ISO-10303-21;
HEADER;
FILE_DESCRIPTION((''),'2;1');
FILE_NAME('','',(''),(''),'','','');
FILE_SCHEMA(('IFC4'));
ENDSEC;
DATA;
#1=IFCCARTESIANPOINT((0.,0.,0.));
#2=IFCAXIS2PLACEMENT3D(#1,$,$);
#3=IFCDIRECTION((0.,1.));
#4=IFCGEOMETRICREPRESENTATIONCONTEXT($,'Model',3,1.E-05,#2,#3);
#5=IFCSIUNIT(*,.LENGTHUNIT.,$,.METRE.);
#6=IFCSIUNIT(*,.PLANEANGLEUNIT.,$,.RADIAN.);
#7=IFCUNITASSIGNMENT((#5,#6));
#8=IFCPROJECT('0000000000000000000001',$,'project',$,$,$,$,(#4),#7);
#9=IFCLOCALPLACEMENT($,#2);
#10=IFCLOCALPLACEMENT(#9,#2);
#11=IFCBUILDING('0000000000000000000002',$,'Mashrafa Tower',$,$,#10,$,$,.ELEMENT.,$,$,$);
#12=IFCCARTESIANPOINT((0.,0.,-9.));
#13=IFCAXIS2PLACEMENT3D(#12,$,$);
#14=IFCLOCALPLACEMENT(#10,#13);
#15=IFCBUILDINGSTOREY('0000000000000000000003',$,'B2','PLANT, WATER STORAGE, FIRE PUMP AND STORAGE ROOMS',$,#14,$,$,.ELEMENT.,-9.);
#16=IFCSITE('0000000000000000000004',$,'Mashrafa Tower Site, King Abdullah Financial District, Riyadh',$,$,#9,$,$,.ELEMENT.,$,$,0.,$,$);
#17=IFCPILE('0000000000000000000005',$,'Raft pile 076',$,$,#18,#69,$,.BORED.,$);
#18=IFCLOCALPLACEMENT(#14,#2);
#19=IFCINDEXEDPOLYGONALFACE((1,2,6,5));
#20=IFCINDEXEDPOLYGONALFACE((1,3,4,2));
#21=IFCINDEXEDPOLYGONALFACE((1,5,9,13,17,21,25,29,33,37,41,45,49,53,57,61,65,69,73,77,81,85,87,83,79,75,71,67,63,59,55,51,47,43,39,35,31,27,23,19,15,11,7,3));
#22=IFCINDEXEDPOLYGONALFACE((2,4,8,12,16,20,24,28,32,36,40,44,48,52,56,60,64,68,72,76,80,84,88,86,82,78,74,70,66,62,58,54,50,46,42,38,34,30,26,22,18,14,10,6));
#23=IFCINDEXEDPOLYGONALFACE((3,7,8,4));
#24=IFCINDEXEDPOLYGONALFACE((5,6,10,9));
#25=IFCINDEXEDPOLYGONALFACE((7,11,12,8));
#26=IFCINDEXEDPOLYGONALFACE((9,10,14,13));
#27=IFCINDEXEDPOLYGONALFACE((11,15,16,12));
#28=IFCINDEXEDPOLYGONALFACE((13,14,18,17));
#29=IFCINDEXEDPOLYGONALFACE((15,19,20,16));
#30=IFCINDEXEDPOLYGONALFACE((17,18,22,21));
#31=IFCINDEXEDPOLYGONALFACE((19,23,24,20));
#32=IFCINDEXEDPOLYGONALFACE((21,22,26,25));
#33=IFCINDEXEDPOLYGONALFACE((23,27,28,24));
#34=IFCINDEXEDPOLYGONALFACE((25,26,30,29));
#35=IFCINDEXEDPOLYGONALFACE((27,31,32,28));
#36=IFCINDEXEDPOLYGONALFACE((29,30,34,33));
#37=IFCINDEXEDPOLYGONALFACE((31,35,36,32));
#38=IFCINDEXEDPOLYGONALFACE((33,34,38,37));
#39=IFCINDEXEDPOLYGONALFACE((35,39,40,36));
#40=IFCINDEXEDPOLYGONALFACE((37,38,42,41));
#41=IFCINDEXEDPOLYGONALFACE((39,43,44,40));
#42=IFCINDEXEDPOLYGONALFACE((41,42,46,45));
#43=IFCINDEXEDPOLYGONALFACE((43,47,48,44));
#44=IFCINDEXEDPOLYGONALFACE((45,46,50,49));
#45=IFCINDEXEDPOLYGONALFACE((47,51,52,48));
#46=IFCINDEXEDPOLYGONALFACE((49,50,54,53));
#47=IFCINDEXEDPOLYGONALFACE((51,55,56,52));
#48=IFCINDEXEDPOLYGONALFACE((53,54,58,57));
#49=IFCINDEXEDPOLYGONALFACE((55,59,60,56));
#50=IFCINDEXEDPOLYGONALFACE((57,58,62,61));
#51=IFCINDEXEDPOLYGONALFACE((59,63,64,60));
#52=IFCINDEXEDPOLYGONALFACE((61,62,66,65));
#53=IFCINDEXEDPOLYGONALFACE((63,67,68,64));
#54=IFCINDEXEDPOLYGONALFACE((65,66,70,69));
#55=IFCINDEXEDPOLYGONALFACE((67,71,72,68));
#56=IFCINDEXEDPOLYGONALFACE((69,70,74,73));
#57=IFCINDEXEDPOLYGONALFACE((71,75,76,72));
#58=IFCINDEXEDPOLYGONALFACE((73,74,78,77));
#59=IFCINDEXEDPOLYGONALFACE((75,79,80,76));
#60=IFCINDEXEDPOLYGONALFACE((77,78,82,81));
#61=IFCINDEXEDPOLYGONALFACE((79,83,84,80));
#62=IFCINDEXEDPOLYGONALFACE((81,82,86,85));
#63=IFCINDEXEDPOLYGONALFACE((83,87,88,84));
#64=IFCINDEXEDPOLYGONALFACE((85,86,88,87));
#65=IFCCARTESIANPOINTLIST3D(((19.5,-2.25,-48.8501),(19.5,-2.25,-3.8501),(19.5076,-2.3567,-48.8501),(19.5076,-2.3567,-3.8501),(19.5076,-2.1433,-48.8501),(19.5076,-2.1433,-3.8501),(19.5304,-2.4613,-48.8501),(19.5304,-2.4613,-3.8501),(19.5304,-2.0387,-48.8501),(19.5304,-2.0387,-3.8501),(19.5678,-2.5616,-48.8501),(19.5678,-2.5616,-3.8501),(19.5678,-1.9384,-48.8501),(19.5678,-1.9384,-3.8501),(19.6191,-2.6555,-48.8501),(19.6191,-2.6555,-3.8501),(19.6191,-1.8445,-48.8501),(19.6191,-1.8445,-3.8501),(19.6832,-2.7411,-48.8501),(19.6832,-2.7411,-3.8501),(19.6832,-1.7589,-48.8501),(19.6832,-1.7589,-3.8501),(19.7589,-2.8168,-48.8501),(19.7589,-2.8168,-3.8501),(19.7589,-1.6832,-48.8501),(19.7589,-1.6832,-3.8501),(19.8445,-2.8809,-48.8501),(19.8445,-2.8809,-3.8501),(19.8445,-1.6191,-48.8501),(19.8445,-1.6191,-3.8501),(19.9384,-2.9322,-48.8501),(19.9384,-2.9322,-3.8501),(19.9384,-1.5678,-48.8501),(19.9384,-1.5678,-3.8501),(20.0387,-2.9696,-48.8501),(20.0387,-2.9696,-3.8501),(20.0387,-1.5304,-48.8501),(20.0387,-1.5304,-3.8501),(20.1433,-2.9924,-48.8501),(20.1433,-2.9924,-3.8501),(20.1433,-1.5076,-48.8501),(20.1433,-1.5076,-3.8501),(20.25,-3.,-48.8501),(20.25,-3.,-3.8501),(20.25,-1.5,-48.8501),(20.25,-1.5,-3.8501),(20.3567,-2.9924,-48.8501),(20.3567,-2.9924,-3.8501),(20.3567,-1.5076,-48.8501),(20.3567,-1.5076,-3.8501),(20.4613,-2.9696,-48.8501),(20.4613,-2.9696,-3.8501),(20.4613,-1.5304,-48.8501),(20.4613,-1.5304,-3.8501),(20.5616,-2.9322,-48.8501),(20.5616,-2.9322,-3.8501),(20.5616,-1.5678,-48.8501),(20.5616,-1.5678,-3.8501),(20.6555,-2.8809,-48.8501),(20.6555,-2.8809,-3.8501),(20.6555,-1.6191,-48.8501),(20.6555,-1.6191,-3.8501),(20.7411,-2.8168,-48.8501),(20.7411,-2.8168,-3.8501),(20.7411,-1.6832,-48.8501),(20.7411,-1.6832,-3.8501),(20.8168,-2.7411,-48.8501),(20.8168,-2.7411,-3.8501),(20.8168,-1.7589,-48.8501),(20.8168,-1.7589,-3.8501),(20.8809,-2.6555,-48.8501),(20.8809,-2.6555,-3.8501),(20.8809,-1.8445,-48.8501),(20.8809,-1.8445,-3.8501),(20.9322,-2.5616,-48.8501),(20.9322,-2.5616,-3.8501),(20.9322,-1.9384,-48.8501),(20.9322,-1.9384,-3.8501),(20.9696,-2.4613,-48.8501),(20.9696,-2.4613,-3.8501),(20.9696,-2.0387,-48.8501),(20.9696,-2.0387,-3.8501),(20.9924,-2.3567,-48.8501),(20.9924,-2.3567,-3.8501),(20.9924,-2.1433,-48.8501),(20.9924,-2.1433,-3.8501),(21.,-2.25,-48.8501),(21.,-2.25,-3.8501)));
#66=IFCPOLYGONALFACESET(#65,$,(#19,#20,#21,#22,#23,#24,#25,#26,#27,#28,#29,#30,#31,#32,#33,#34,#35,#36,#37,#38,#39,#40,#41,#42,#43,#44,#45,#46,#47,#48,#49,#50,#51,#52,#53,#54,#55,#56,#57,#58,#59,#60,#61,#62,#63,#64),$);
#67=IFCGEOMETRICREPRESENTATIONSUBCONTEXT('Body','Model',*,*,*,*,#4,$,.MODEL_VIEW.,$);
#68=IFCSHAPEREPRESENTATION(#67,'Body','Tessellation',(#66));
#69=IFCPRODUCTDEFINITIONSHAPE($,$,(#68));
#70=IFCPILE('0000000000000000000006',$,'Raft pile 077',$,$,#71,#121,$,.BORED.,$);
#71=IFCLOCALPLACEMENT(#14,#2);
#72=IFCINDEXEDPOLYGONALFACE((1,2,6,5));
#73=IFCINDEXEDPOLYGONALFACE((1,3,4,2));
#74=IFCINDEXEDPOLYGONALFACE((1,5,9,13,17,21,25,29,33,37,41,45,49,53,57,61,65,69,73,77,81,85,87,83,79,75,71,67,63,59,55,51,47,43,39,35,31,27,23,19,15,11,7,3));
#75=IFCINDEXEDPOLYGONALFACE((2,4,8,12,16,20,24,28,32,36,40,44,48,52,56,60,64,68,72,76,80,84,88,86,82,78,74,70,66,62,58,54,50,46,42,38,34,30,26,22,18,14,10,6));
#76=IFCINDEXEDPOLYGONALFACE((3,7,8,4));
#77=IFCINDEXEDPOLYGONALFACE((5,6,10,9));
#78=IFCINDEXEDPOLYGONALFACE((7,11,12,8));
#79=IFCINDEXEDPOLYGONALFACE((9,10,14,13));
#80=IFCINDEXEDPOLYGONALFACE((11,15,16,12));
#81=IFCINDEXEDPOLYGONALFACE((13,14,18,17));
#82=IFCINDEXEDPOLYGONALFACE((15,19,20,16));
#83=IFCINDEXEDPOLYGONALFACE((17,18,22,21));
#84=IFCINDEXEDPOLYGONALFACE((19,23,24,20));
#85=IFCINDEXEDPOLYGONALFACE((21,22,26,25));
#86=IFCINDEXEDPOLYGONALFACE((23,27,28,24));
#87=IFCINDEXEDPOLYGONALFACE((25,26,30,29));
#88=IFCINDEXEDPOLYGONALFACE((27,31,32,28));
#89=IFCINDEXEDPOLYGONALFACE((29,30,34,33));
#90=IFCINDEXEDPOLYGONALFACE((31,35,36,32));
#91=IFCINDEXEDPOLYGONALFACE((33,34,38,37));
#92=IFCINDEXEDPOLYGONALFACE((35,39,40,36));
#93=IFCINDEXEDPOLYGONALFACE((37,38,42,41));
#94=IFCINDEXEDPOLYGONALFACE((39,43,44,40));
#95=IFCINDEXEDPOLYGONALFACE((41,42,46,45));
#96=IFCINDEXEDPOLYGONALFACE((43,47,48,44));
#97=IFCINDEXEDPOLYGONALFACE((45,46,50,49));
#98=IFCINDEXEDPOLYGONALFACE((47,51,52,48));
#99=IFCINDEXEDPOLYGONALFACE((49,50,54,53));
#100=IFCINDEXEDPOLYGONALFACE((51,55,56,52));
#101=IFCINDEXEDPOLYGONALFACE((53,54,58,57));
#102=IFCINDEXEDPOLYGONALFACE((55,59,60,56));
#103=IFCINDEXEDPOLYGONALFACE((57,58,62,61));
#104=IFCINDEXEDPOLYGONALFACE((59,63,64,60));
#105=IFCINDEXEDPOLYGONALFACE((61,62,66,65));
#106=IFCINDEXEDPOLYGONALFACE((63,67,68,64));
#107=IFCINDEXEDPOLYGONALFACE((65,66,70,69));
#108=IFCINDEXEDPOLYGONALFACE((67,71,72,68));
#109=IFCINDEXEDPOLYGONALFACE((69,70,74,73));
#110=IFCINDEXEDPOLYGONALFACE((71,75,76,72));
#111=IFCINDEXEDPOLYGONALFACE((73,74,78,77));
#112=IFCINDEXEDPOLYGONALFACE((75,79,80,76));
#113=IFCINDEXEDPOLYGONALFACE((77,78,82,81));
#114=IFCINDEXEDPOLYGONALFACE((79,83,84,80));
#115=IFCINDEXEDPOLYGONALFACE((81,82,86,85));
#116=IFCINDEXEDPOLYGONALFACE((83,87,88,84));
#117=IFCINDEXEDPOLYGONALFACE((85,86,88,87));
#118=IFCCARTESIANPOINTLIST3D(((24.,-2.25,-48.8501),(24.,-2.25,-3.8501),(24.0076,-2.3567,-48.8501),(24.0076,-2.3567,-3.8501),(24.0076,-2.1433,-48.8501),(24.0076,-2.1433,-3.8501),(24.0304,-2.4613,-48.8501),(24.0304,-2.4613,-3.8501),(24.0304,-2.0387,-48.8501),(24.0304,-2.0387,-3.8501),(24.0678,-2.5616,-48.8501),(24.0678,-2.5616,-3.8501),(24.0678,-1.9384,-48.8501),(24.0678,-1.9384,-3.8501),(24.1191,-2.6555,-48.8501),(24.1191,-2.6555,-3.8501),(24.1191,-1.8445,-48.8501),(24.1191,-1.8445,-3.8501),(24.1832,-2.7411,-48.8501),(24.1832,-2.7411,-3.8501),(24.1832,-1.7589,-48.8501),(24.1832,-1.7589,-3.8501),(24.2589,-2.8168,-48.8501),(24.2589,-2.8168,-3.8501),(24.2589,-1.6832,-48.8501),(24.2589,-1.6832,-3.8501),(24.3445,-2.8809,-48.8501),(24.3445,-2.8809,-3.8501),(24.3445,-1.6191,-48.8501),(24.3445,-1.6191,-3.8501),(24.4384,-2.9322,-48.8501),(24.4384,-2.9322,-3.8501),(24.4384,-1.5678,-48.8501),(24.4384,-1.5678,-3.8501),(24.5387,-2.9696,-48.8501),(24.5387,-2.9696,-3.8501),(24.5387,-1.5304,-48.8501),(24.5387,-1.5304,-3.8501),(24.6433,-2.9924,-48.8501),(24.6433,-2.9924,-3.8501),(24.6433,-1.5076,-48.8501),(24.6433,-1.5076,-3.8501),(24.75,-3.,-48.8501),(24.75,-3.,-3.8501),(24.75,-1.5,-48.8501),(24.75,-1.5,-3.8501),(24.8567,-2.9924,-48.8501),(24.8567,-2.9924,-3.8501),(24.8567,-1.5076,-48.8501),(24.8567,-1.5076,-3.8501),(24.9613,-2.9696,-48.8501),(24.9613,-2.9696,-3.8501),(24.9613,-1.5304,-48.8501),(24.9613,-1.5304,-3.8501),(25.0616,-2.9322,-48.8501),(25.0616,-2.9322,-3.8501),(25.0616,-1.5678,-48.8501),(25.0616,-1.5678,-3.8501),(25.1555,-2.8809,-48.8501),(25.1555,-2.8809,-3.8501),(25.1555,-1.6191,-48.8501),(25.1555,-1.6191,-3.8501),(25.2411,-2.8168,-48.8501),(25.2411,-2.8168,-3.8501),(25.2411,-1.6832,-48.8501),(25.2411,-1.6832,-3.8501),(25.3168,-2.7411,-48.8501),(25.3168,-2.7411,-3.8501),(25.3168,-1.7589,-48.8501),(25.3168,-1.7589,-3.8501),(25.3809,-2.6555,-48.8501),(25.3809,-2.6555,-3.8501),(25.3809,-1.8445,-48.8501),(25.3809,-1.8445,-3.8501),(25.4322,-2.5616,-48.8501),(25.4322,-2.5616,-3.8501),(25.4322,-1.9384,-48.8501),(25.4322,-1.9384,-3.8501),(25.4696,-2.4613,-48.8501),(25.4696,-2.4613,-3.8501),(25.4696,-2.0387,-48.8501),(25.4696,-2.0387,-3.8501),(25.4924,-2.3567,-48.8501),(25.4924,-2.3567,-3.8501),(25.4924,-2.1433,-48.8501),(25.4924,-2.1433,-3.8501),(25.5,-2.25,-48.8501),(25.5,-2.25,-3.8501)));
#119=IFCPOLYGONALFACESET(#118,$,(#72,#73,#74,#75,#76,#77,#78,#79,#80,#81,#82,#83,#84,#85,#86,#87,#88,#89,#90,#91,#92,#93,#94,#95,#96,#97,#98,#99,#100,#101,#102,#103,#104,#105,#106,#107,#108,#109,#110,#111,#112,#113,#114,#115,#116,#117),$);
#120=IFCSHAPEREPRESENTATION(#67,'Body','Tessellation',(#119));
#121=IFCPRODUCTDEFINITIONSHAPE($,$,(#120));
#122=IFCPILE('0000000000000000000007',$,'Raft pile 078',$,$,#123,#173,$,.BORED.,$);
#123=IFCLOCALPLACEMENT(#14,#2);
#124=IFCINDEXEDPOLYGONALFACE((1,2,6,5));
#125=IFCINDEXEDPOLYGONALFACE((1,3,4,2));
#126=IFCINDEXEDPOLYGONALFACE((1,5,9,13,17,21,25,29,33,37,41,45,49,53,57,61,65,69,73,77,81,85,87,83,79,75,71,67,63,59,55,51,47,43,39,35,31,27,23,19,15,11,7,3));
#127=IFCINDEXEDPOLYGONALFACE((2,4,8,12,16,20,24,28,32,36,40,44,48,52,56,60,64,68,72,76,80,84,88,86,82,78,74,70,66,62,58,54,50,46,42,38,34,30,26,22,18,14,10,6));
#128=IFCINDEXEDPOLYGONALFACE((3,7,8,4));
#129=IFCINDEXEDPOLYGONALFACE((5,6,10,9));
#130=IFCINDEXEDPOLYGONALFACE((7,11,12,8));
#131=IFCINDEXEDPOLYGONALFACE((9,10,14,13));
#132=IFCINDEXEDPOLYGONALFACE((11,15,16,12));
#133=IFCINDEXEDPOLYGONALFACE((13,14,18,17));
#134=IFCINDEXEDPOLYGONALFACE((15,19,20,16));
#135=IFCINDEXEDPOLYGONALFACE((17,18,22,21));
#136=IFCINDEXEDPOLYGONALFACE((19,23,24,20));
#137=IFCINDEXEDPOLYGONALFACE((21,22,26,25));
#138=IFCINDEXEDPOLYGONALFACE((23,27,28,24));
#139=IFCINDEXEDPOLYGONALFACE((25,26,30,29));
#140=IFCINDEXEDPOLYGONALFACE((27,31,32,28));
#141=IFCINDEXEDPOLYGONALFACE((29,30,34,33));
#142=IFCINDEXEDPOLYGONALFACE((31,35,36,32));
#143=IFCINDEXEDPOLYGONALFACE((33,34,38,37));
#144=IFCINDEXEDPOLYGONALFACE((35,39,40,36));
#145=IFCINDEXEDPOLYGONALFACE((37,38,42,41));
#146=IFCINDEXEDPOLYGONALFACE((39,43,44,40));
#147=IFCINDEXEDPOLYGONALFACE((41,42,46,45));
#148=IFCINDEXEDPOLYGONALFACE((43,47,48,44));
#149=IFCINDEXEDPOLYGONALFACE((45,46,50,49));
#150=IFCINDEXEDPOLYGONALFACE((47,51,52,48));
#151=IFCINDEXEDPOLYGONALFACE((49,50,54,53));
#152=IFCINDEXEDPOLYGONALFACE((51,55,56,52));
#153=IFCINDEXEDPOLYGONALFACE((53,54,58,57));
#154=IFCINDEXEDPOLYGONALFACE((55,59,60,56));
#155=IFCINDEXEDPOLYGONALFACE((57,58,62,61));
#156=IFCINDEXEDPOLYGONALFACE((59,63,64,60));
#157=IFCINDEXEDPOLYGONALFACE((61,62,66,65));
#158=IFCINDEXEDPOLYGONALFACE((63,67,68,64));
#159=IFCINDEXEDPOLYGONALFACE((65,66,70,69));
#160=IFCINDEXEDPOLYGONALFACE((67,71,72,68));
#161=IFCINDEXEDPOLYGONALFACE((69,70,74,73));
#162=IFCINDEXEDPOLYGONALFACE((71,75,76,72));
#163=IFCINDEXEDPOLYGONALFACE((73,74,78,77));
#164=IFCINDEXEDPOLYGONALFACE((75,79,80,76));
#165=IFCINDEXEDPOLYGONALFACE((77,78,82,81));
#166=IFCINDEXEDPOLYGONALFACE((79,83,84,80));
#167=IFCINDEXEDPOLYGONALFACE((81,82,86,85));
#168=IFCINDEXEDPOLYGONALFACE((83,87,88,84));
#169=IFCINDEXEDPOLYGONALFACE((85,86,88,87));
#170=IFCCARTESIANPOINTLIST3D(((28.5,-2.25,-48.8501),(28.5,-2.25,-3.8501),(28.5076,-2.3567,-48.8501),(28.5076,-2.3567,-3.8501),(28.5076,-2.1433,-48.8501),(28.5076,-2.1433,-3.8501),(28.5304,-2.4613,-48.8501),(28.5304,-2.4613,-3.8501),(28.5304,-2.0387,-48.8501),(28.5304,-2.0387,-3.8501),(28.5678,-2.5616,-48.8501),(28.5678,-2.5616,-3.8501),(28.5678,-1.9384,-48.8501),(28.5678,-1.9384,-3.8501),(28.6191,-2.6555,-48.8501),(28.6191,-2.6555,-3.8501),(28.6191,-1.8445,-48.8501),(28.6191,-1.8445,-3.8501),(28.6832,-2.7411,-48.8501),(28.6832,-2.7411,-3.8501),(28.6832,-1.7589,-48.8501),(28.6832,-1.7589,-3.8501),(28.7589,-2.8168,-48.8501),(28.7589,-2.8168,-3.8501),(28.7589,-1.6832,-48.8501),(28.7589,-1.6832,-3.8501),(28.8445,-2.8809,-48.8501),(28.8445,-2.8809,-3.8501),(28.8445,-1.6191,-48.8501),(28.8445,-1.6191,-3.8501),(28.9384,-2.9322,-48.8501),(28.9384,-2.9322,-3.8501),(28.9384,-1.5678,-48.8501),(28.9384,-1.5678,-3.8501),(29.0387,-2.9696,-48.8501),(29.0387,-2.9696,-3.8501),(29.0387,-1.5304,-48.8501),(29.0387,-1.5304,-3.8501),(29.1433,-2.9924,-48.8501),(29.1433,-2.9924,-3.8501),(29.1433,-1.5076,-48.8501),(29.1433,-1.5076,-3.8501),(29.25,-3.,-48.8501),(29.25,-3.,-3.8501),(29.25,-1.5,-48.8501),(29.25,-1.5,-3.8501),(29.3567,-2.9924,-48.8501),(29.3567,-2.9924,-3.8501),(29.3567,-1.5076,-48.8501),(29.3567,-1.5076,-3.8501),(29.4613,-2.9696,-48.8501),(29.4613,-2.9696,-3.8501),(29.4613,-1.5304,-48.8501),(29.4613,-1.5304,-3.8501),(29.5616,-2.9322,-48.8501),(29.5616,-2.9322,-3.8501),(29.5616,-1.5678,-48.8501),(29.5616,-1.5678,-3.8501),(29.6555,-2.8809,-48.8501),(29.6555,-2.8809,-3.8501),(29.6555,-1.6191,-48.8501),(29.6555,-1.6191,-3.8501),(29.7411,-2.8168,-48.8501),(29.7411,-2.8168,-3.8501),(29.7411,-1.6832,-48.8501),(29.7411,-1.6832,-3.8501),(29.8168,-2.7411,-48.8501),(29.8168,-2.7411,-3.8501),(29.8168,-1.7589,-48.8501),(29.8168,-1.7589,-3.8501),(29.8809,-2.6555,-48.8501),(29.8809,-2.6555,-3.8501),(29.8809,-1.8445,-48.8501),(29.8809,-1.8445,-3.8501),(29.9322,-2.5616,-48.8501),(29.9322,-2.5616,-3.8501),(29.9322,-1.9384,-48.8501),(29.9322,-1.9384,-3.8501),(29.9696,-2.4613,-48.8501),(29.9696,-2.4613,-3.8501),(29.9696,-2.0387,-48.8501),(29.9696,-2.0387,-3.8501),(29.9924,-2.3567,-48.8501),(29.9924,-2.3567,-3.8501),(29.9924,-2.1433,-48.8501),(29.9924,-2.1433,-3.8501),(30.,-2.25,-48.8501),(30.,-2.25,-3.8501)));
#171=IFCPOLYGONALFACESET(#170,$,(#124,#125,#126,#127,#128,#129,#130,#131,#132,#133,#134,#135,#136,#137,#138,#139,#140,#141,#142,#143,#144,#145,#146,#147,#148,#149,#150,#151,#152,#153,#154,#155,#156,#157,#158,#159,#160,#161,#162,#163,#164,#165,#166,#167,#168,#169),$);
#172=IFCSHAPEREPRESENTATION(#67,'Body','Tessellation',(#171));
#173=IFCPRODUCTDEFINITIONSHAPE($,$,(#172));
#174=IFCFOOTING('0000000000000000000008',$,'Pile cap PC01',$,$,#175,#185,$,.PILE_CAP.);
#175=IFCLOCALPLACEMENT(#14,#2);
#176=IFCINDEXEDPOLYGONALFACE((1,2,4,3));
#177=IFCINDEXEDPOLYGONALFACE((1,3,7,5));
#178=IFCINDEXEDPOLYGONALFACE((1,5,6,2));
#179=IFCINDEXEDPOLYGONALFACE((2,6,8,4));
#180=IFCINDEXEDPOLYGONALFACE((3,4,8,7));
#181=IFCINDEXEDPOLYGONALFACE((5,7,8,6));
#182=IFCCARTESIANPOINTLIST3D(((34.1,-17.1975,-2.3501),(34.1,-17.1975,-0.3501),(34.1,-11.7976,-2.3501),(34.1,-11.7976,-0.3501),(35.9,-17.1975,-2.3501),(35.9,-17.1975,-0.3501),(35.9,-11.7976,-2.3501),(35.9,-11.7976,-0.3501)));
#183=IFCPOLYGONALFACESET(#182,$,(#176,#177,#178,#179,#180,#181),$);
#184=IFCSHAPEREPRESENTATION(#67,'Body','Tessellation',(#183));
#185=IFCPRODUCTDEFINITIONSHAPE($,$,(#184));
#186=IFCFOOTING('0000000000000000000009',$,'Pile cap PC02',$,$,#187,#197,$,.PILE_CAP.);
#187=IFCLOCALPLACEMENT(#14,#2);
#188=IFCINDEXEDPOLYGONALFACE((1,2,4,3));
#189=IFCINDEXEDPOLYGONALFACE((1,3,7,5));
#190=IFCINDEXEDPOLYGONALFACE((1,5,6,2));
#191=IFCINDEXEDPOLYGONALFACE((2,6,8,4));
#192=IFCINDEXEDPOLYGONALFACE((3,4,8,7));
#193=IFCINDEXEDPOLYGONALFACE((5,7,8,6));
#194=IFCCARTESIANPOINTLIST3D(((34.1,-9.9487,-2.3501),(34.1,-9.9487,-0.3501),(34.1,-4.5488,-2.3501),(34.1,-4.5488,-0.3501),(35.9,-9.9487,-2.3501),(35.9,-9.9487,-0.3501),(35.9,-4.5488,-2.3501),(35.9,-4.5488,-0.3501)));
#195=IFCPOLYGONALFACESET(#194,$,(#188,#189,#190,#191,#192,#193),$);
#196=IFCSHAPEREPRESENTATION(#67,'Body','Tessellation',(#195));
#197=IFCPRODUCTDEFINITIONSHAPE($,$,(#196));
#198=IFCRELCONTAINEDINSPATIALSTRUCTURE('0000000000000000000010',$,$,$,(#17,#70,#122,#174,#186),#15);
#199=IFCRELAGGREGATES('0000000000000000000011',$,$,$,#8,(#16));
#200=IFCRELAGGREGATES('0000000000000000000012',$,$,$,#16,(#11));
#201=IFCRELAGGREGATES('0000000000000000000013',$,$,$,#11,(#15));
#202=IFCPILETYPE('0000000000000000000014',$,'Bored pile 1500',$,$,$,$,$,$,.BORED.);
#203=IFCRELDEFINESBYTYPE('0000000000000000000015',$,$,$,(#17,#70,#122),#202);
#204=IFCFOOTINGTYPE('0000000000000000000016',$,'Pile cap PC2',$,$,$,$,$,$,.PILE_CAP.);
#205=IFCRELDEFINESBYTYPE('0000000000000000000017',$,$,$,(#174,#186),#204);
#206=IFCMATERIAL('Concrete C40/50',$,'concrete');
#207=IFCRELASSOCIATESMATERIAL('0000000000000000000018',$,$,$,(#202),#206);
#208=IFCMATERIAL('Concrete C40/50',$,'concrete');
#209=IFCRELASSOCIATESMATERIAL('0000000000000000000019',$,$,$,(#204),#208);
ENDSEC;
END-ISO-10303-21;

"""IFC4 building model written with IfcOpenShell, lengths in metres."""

from ifc_helpers import new_model, si_unit, direction, frame, origin, origin_2d, place, context, subcontext, project, spatial, rectangle, circle, extrude, material, material_profile, profile_set, type_object, element, save


model = new_model("IFC4")

# Units and contexts
model_context = context("Model", 3, precision=1e-05, world=origin(), true_north=direction((0.0, 1.0)))
body_context = subcontext(model_context, "Body", "Model", "MODEL_VIEW")
ifc_project = project(units=[si_unit("LENGTHUNIT", "METRE"), si_unit("PLANEANGLEUNIT", "RADIAN")], contexts=[model_context])

# Site, building, storey
site_placement = place(None, origin())
site = spatial("IfcSite", under=ifc_project, at=site_placement, Name="Mashrafa Tower Site, King Abdullah Financial District, Riyadh", CompositionType="ELEMENT", RefElevation=0.0)
building_placement = place(site_placement, origin())
building = spatial("IfcBuilding", under=site, at=building_placement, Name="Mashrafa Tower", CompositionType="ELEMENT")
storey_placement = place(building_placement, frame((0.0, 0.0, -9.0)))
storey = spatial("IfcBuildingStorey", under=building, at=storey_placement, Name="B2", Description="PLANT, WATER STORAGE, FIRE PUMP AND STORAGE ROOMS", CompositionType="ELEMENT", Elevation=-9.0)

# Piles
ifc_material_1 = material(Name="Concrete C40/50", Category="concrete")
ifc_material_profile_1 = material_profile(ifc_material_1, circle(Radius=0.75, at=origin_2d()), Name="1500 DIA")
ifc_profile_set_1 = profile_set([ifc_material_profile_1], Name="Concrete C40/50")
pile_type_1 = type_object("IfcPileType", Name="Bored pile 1500", PredefinedType="BORED", material=ifc_profile_set_1)
for number, where, z_axis, x_axis, name in (
    (1, (20.25, -2.25, -3.8501), (0.0, 0.0, -1.0), (1.0, 0.0, 0.0), "Raft pile 076"),
    (2, (24.75, -2.25, -3.8501), (0.0, 0.0, -1.0), (1.0, 0.0, 0.0), "Raft pile 077"),
    (3, (29.25, -2.25, -3.8501), (0.0, 0.0, -1.0), (1.0, 0.0, 0.0), "Raft pile 078"),
):
    element("IfcPile", number, at=place(storey_placement, frame(where, z_axis=z_axis, x_axis=x_axis)), inside=storey, type_object=pile_type_1, Name=name, PredefinedType="BORED", context=body_context, shape_type="SweptSolid", body=[
        extrude(circle(Radius=0.75, at=origin_2d()), origin(), (0.0, 0.0, 1.0), 45.0),
    ])

# Footings
ifc_material_2 = material(Name="Concrete C40/50", Category="concrete")
footing_type = type_object("IfcFootingType", Name="Pile cap PC2", PredefinedType="PILE_CAP", material=ifc_material_2)
for number, where, z_axis, x_axis, name in (
    (4, (35.0, -14.4976, -2.3501), (0.0, 0.0, 1.0), (0.0, 1.0, 0.0), "Pile cap PC01"),
    (5, (35.0, -7.2488, -2.3501), (0.0, 0.0, 1.0), (0.0, 1.0, 0.0), "Pile cap PC02"),
):
    element("IfcFooting", number, at=place(storey_placement, frame(where, z_axis=z_axis, x_axis=x_axis)), inside=storey, type_object=footing_type, Name=name, PredefinedType="PILE_CAP", context=body_context, shape_type="SweptSolid", body=[
        extrude(rectangle(XDim=5.3999, YDim=1.8, at=origin_2d()), origin(), (0.0, 0.0, 1.0), 2.0),
    ])

save(model, "model.ifc")
